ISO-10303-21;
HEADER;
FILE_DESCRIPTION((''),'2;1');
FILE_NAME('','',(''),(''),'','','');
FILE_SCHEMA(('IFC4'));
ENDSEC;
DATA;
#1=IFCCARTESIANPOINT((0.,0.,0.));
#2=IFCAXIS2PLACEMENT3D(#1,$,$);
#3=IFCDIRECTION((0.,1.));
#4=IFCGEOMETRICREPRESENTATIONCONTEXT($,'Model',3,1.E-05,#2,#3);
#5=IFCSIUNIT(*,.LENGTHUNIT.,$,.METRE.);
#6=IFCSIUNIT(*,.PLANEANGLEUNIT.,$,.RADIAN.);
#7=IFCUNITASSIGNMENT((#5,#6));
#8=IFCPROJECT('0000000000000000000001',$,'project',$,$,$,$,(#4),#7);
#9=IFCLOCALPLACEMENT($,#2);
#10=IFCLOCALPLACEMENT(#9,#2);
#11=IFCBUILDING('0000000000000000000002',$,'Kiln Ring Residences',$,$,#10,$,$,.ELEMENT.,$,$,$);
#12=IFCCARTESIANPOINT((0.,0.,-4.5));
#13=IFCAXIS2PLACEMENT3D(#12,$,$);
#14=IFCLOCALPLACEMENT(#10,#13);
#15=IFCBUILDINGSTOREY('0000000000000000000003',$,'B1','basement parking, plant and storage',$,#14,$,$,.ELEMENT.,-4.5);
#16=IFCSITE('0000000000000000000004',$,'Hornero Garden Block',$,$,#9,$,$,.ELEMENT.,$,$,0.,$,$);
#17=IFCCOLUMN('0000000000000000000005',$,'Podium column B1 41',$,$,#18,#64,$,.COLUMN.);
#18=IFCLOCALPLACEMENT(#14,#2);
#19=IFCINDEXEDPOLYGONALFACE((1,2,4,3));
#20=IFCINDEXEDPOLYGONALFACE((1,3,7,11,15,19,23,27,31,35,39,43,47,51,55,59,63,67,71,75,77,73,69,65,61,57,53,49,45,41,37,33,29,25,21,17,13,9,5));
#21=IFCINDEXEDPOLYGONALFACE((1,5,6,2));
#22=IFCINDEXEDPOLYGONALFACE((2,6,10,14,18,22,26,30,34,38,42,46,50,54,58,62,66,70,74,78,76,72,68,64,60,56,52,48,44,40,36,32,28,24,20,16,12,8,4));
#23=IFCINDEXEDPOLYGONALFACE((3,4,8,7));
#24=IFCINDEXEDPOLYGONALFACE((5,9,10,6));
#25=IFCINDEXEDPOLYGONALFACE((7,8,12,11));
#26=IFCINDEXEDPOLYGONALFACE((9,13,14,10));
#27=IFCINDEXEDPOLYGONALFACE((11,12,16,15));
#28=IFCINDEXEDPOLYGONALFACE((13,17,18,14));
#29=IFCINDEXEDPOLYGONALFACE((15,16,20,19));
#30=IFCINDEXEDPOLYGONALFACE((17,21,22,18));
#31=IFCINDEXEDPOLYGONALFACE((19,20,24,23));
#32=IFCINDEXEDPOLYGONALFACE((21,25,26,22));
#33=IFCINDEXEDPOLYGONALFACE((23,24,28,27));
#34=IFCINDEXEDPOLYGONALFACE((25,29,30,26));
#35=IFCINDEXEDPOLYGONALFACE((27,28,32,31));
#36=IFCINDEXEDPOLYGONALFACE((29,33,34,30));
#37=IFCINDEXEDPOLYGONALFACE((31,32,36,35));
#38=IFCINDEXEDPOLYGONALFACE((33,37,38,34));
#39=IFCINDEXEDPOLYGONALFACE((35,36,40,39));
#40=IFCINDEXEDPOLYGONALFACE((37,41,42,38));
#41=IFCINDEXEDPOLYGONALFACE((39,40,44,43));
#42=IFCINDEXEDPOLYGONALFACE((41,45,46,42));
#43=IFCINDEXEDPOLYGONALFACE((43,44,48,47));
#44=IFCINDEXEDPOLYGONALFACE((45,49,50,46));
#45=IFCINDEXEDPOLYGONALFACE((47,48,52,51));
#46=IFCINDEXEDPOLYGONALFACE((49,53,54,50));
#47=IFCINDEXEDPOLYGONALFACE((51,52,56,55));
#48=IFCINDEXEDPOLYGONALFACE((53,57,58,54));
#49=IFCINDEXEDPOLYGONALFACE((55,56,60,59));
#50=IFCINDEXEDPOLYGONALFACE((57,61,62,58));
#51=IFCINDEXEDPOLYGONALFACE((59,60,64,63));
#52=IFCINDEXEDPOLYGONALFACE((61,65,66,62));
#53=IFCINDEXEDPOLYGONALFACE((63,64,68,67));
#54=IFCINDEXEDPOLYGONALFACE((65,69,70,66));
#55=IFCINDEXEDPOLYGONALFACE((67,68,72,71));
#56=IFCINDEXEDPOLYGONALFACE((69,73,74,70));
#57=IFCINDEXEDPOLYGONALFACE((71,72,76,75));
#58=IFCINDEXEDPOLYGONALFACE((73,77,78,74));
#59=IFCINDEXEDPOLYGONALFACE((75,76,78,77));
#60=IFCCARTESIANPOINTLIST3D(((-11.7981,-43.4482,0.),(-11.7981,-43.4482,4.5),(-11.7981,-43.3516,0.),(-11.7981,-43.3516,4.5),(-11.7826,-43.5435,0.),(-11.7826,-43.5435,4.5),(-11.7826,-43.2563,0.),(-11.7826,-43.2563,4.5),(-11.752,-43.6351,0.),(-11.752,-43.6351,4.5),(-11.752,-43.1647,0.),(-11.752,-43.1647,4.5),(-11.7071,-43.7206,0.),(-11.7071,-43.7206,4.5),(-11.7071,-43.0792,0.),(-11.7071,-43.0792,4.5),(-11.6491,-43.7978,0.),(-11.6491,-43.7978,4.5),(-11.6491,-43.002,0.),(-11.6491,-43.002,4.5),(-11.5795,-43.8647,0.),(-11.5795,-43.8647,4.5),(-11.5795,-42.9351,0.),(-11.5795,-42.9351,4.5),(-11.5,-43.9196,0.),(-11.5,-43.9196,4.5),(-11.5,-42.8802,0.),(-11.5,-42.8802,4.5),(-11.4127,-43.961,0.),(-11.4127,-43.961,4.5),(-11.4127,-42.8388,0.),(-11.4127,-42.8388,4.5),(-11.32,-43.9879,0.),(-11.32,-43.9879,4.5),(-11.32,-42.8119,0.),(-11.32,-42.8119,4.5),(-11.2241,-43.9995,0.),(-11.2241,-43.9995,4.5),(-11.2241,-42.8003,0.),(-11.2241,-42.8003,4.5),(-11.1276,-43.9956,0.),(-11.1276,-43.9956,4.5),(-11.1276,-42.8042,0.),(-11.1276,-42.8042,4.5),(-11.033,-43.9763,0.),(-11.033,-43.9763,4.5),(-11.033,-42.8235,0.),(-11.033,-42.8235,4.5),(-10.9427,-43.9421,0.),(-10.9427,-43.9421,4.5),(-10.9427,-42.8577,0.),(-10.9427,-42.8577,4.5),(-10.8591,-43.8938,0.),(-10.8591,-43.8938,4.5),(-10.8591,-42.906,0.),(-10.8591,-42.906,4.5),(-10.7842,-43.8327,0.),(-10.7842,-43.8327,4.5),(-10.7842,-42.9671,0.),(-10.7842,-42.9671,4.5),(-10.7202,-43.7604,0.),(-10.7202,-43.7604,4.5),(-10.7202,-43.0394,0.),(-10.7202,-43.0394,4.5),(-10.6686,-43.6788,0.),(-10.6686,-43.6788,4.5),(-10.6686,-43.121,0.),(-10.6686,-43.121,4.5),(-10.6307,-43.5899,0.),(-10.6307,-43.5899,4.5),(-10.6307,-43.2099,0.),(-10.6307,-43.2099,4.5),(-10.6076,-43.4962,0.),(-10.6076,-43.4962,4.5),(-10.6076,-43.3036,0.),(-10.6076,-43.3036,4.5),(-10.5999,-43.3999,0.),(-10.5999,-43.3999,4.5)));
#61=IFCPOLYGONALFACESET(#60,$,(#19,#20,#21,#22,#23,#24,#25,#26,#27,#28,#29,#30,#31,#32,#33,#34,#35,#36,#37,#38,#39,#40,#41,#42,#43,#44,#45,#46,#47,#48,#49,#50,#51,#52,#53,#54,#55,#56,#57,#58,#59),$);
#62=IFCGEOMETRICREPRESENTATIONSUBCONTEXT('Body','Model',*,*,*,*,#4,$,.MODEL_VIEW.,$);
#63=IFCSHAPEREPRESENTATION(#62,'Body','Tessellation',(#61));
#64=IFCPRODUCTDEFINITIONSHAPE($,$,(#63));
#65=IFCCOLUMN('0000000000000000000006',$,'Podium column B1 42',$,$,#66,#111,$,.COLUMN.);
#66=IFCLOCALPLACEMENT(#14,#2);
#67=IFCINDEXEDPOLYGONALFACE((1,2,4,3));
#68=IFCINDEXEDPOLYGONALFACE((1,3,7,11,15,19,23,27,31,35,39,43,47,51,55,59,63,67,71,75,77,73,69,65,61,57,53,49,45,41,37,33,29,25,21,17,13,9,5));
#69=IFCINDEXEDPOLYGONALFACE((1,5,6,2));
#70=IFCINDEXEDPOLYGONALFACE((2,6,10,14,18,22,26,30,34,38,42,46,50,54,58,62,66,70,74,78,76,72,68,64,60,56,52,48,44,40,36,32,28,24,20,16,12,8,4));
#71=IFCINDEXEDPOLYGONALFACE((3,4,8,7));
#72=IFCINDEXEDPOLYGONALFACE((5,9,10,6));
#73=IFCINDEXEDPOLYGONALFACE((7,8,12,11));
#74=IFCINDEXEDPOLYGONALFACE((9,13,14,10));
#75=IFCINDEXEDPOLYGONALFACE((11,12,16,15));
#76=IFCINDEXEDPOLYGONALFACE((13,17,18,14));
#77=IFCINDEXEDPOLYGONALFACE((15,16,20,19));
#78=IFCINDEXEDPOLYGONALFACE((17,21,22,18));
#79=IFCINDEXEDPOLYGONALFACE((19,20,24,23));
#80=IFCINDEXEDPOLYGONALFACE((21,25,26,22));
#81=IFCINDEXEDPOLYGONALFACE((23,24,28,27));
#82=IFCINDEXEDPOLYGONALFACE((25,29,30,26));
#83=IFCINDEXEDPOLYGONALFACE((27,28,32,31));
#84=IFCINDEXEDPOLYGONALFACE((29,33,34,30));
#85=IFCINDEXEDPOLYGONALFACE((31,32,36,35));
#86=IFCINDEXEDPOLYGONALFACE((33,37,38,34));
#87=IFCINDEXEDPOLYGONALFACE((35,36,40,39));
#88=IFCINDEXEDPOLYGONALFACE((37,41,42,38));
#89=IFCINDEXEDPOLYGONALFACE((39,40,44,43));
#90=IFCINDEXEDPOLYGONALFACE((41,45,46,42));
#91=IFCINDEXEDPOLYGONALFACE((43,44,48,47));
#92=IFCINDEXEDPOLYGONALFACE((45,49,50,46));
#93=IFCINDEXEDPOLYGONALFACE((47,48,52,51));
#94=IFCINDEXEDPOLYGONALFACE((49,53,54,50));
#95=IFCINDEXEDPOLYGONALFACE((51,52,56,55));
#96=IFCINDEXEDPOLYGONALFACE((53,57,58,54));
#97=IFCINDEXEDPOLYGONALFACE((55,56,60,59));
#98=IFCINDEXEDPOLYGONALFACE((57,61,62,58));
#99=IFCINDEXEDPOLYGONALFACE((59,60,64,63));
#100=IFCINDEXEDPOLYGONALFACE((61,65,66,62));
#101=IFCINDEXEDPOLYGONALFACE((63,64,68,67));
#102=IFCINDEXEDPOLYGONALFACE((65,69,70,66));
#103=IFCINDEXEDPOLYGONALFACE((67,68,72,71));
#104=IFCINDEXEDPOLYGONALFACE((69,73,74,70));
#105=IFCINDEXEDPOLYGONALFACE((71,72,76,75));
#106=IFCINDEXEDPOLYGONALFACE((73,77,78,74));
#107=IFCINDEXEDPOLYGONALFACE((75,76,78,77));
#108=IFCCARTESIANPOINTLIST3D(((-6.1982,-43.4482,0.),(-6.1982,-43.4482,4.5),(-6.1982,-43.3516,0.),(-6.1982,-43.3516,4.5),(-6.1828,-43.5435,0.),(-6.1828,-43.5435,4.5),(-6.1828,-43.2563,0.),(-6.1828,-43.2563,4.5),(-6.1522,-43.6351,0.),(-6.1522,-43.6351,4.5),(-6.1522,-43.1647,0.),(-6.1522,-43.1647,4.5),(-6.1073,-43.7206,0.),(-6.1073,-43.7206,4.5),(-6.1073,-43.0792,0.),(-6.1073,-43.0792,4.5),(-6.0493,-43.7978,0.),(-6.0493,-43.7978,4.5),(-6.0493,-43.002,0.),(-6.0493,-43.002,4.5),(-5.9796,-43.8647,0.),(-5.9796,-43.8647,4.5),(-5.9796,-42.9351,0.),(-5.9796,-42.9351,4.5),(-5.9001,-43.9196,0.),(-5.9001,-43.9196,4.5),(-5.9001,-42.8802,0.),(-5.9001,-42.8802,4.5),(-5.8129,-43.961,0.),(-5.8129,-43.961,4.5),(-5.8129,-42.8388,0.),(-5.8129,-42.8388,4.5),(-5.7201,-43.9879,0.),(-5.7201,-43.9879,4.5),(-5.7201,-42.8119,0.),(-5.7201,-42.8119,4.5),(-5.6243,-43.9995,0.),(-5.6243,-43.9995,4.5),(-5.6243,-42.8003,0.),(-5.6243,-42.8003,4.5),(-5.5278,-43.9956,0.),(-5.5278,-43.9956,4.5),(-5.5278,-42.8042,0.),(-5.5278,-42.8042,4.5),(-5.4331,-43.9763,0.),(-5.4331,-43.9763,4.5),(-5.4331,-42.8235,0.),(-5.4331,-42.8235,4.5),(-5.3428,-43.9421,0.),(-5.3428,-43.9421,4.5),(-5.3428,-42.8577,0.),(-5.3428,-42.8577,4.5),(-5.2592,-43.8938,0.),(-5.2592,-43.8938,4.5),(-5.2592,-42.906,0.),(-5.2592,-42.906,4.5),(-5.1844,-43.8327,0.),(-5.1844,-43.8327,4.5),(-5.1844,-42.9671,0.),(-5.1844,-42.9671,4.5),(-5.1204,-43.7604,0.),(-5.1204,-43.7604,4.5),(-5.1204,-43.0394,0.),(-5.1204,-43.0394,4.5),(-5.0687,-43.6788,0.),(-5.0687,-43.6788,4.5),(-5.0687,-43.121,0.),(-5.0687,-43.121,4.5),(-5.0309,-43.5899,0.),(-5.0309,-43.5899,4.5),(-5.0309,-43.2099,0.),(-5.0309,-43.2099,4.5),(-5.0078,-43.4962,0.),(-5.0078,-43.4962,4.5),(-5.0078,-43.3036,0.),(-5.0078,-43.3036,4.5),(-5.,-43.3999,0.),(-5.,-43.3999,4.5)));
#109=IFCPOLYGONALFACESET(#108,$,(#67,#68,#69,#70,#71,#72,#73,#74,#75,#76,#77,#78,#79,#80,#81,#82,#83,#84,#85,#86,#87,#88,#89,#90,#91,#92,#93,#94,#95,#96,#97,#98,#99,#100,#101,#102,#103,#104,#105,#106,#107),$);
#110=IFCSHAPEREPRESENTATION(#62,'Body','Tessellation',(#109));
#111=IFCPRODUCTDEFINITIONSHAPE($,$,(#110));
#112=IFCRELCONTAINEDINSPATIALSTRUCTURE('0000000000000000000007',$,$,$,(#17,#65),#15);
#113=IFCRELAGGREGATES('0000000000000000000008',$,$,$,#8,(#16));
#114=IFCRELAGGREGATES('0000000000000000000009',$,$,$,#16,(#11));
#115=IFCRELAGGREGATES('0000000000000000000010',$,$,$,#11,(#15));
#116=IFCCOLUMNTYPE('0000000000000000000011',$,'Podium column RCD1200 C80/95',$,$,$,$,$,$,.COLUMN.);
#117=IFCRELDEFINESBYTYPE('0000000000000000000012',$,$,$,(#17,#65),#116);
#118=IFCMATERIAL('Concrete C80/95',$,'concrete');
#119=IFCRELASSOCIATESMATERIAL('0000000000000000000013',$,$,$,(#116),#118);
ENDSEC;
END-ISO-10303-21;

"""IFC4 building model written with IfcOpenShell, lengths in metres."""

from ifc_helpers import new_model, si_unit, direction, frame, origin, origin_2d, place, context, subcontext, project, spatial, circle, extrude, material, material_profile, profile_set, type_object, element, save


model = new_model("IFC4")

# Units and contexts
model_context = context("Model", 3, precision=1e-05, world=origin(), true_north=direction((0.0, 1.0)))
body_context = subcontext(model_context, "Body", "Model", "MODEL_VIEW")
ifc_project = project(units=[si_unit("LENGTHUNIT", "METRE"), si_unit("PLANEANGLEUNIT", "RADIAN")], contexts=[model_context])

# Site, building, storey
site_placement = place(None, origin())
site = spatial("IfcSite", under=ifc_project, at=site_placement, Name="Hornero Garden Block", CompositionType="ELEMENT", RefElevation=0.0)
building_placement = place(site_placement, origin())
building = spatial("IfcBuilding", under=site, at=building_placement, Name="Kiln Ring Residences", CompositionType="ELEMENT")
storey_placement = place(building_placement, frame((0.0, 0.0, -4.5)))
storey = spatial("IfcBuildingStorey", under=building, at=storey_placement, Name="B1", Description="basement parking, plant and storage", CompositionType="ELEMENT", Elevation=-4.5)

# Columns
ifc_material_1 = material(Name="Concrete C80/95", Category="concrete")
ifc_material_profile_1 = material_profile(ifc_material_1, circle(Radius=0.6001, at=origin_2d()), Name="RCD1200")
ifc_profile_set_1 = profile_set([ifc_material_profile_1], Name="Concrete C80/95")
column_type = type_object("IfcColumnType", Name="Podium column RCD1200 C80/95", PredefinedType="COLUMN", material=ifc_profile_set_1)
for number, where, z_axis, x_axis, name in (
    (1, (-11.2, -43.3999, 0.0), (0.0, 0.0, 1.0), (1.0, 0.0, 0.0), "Podium column B1 41"),
    (2, (-5.6001, -43.3999, 0.0), (0.0, 0.0, 1.0), (1.0, 0.0, 0.0), "Podium column B1 42"),
):
    element("IfcColumn", number, at=place(storey_placement, frame(where, z_axis=z_axis, x_axis=x_axis)), inside=storey, type_object=column_type, Name=name, PredefinedType="COLUMN", context=body_context, shape_type="SweptSolid", body=[
        extrude(circle(Radius=0.6001, at=origin_2d()), origin(), (0.0, 0.0, 1.0), 4.5),
    ])

save(model, "model.ifc")
